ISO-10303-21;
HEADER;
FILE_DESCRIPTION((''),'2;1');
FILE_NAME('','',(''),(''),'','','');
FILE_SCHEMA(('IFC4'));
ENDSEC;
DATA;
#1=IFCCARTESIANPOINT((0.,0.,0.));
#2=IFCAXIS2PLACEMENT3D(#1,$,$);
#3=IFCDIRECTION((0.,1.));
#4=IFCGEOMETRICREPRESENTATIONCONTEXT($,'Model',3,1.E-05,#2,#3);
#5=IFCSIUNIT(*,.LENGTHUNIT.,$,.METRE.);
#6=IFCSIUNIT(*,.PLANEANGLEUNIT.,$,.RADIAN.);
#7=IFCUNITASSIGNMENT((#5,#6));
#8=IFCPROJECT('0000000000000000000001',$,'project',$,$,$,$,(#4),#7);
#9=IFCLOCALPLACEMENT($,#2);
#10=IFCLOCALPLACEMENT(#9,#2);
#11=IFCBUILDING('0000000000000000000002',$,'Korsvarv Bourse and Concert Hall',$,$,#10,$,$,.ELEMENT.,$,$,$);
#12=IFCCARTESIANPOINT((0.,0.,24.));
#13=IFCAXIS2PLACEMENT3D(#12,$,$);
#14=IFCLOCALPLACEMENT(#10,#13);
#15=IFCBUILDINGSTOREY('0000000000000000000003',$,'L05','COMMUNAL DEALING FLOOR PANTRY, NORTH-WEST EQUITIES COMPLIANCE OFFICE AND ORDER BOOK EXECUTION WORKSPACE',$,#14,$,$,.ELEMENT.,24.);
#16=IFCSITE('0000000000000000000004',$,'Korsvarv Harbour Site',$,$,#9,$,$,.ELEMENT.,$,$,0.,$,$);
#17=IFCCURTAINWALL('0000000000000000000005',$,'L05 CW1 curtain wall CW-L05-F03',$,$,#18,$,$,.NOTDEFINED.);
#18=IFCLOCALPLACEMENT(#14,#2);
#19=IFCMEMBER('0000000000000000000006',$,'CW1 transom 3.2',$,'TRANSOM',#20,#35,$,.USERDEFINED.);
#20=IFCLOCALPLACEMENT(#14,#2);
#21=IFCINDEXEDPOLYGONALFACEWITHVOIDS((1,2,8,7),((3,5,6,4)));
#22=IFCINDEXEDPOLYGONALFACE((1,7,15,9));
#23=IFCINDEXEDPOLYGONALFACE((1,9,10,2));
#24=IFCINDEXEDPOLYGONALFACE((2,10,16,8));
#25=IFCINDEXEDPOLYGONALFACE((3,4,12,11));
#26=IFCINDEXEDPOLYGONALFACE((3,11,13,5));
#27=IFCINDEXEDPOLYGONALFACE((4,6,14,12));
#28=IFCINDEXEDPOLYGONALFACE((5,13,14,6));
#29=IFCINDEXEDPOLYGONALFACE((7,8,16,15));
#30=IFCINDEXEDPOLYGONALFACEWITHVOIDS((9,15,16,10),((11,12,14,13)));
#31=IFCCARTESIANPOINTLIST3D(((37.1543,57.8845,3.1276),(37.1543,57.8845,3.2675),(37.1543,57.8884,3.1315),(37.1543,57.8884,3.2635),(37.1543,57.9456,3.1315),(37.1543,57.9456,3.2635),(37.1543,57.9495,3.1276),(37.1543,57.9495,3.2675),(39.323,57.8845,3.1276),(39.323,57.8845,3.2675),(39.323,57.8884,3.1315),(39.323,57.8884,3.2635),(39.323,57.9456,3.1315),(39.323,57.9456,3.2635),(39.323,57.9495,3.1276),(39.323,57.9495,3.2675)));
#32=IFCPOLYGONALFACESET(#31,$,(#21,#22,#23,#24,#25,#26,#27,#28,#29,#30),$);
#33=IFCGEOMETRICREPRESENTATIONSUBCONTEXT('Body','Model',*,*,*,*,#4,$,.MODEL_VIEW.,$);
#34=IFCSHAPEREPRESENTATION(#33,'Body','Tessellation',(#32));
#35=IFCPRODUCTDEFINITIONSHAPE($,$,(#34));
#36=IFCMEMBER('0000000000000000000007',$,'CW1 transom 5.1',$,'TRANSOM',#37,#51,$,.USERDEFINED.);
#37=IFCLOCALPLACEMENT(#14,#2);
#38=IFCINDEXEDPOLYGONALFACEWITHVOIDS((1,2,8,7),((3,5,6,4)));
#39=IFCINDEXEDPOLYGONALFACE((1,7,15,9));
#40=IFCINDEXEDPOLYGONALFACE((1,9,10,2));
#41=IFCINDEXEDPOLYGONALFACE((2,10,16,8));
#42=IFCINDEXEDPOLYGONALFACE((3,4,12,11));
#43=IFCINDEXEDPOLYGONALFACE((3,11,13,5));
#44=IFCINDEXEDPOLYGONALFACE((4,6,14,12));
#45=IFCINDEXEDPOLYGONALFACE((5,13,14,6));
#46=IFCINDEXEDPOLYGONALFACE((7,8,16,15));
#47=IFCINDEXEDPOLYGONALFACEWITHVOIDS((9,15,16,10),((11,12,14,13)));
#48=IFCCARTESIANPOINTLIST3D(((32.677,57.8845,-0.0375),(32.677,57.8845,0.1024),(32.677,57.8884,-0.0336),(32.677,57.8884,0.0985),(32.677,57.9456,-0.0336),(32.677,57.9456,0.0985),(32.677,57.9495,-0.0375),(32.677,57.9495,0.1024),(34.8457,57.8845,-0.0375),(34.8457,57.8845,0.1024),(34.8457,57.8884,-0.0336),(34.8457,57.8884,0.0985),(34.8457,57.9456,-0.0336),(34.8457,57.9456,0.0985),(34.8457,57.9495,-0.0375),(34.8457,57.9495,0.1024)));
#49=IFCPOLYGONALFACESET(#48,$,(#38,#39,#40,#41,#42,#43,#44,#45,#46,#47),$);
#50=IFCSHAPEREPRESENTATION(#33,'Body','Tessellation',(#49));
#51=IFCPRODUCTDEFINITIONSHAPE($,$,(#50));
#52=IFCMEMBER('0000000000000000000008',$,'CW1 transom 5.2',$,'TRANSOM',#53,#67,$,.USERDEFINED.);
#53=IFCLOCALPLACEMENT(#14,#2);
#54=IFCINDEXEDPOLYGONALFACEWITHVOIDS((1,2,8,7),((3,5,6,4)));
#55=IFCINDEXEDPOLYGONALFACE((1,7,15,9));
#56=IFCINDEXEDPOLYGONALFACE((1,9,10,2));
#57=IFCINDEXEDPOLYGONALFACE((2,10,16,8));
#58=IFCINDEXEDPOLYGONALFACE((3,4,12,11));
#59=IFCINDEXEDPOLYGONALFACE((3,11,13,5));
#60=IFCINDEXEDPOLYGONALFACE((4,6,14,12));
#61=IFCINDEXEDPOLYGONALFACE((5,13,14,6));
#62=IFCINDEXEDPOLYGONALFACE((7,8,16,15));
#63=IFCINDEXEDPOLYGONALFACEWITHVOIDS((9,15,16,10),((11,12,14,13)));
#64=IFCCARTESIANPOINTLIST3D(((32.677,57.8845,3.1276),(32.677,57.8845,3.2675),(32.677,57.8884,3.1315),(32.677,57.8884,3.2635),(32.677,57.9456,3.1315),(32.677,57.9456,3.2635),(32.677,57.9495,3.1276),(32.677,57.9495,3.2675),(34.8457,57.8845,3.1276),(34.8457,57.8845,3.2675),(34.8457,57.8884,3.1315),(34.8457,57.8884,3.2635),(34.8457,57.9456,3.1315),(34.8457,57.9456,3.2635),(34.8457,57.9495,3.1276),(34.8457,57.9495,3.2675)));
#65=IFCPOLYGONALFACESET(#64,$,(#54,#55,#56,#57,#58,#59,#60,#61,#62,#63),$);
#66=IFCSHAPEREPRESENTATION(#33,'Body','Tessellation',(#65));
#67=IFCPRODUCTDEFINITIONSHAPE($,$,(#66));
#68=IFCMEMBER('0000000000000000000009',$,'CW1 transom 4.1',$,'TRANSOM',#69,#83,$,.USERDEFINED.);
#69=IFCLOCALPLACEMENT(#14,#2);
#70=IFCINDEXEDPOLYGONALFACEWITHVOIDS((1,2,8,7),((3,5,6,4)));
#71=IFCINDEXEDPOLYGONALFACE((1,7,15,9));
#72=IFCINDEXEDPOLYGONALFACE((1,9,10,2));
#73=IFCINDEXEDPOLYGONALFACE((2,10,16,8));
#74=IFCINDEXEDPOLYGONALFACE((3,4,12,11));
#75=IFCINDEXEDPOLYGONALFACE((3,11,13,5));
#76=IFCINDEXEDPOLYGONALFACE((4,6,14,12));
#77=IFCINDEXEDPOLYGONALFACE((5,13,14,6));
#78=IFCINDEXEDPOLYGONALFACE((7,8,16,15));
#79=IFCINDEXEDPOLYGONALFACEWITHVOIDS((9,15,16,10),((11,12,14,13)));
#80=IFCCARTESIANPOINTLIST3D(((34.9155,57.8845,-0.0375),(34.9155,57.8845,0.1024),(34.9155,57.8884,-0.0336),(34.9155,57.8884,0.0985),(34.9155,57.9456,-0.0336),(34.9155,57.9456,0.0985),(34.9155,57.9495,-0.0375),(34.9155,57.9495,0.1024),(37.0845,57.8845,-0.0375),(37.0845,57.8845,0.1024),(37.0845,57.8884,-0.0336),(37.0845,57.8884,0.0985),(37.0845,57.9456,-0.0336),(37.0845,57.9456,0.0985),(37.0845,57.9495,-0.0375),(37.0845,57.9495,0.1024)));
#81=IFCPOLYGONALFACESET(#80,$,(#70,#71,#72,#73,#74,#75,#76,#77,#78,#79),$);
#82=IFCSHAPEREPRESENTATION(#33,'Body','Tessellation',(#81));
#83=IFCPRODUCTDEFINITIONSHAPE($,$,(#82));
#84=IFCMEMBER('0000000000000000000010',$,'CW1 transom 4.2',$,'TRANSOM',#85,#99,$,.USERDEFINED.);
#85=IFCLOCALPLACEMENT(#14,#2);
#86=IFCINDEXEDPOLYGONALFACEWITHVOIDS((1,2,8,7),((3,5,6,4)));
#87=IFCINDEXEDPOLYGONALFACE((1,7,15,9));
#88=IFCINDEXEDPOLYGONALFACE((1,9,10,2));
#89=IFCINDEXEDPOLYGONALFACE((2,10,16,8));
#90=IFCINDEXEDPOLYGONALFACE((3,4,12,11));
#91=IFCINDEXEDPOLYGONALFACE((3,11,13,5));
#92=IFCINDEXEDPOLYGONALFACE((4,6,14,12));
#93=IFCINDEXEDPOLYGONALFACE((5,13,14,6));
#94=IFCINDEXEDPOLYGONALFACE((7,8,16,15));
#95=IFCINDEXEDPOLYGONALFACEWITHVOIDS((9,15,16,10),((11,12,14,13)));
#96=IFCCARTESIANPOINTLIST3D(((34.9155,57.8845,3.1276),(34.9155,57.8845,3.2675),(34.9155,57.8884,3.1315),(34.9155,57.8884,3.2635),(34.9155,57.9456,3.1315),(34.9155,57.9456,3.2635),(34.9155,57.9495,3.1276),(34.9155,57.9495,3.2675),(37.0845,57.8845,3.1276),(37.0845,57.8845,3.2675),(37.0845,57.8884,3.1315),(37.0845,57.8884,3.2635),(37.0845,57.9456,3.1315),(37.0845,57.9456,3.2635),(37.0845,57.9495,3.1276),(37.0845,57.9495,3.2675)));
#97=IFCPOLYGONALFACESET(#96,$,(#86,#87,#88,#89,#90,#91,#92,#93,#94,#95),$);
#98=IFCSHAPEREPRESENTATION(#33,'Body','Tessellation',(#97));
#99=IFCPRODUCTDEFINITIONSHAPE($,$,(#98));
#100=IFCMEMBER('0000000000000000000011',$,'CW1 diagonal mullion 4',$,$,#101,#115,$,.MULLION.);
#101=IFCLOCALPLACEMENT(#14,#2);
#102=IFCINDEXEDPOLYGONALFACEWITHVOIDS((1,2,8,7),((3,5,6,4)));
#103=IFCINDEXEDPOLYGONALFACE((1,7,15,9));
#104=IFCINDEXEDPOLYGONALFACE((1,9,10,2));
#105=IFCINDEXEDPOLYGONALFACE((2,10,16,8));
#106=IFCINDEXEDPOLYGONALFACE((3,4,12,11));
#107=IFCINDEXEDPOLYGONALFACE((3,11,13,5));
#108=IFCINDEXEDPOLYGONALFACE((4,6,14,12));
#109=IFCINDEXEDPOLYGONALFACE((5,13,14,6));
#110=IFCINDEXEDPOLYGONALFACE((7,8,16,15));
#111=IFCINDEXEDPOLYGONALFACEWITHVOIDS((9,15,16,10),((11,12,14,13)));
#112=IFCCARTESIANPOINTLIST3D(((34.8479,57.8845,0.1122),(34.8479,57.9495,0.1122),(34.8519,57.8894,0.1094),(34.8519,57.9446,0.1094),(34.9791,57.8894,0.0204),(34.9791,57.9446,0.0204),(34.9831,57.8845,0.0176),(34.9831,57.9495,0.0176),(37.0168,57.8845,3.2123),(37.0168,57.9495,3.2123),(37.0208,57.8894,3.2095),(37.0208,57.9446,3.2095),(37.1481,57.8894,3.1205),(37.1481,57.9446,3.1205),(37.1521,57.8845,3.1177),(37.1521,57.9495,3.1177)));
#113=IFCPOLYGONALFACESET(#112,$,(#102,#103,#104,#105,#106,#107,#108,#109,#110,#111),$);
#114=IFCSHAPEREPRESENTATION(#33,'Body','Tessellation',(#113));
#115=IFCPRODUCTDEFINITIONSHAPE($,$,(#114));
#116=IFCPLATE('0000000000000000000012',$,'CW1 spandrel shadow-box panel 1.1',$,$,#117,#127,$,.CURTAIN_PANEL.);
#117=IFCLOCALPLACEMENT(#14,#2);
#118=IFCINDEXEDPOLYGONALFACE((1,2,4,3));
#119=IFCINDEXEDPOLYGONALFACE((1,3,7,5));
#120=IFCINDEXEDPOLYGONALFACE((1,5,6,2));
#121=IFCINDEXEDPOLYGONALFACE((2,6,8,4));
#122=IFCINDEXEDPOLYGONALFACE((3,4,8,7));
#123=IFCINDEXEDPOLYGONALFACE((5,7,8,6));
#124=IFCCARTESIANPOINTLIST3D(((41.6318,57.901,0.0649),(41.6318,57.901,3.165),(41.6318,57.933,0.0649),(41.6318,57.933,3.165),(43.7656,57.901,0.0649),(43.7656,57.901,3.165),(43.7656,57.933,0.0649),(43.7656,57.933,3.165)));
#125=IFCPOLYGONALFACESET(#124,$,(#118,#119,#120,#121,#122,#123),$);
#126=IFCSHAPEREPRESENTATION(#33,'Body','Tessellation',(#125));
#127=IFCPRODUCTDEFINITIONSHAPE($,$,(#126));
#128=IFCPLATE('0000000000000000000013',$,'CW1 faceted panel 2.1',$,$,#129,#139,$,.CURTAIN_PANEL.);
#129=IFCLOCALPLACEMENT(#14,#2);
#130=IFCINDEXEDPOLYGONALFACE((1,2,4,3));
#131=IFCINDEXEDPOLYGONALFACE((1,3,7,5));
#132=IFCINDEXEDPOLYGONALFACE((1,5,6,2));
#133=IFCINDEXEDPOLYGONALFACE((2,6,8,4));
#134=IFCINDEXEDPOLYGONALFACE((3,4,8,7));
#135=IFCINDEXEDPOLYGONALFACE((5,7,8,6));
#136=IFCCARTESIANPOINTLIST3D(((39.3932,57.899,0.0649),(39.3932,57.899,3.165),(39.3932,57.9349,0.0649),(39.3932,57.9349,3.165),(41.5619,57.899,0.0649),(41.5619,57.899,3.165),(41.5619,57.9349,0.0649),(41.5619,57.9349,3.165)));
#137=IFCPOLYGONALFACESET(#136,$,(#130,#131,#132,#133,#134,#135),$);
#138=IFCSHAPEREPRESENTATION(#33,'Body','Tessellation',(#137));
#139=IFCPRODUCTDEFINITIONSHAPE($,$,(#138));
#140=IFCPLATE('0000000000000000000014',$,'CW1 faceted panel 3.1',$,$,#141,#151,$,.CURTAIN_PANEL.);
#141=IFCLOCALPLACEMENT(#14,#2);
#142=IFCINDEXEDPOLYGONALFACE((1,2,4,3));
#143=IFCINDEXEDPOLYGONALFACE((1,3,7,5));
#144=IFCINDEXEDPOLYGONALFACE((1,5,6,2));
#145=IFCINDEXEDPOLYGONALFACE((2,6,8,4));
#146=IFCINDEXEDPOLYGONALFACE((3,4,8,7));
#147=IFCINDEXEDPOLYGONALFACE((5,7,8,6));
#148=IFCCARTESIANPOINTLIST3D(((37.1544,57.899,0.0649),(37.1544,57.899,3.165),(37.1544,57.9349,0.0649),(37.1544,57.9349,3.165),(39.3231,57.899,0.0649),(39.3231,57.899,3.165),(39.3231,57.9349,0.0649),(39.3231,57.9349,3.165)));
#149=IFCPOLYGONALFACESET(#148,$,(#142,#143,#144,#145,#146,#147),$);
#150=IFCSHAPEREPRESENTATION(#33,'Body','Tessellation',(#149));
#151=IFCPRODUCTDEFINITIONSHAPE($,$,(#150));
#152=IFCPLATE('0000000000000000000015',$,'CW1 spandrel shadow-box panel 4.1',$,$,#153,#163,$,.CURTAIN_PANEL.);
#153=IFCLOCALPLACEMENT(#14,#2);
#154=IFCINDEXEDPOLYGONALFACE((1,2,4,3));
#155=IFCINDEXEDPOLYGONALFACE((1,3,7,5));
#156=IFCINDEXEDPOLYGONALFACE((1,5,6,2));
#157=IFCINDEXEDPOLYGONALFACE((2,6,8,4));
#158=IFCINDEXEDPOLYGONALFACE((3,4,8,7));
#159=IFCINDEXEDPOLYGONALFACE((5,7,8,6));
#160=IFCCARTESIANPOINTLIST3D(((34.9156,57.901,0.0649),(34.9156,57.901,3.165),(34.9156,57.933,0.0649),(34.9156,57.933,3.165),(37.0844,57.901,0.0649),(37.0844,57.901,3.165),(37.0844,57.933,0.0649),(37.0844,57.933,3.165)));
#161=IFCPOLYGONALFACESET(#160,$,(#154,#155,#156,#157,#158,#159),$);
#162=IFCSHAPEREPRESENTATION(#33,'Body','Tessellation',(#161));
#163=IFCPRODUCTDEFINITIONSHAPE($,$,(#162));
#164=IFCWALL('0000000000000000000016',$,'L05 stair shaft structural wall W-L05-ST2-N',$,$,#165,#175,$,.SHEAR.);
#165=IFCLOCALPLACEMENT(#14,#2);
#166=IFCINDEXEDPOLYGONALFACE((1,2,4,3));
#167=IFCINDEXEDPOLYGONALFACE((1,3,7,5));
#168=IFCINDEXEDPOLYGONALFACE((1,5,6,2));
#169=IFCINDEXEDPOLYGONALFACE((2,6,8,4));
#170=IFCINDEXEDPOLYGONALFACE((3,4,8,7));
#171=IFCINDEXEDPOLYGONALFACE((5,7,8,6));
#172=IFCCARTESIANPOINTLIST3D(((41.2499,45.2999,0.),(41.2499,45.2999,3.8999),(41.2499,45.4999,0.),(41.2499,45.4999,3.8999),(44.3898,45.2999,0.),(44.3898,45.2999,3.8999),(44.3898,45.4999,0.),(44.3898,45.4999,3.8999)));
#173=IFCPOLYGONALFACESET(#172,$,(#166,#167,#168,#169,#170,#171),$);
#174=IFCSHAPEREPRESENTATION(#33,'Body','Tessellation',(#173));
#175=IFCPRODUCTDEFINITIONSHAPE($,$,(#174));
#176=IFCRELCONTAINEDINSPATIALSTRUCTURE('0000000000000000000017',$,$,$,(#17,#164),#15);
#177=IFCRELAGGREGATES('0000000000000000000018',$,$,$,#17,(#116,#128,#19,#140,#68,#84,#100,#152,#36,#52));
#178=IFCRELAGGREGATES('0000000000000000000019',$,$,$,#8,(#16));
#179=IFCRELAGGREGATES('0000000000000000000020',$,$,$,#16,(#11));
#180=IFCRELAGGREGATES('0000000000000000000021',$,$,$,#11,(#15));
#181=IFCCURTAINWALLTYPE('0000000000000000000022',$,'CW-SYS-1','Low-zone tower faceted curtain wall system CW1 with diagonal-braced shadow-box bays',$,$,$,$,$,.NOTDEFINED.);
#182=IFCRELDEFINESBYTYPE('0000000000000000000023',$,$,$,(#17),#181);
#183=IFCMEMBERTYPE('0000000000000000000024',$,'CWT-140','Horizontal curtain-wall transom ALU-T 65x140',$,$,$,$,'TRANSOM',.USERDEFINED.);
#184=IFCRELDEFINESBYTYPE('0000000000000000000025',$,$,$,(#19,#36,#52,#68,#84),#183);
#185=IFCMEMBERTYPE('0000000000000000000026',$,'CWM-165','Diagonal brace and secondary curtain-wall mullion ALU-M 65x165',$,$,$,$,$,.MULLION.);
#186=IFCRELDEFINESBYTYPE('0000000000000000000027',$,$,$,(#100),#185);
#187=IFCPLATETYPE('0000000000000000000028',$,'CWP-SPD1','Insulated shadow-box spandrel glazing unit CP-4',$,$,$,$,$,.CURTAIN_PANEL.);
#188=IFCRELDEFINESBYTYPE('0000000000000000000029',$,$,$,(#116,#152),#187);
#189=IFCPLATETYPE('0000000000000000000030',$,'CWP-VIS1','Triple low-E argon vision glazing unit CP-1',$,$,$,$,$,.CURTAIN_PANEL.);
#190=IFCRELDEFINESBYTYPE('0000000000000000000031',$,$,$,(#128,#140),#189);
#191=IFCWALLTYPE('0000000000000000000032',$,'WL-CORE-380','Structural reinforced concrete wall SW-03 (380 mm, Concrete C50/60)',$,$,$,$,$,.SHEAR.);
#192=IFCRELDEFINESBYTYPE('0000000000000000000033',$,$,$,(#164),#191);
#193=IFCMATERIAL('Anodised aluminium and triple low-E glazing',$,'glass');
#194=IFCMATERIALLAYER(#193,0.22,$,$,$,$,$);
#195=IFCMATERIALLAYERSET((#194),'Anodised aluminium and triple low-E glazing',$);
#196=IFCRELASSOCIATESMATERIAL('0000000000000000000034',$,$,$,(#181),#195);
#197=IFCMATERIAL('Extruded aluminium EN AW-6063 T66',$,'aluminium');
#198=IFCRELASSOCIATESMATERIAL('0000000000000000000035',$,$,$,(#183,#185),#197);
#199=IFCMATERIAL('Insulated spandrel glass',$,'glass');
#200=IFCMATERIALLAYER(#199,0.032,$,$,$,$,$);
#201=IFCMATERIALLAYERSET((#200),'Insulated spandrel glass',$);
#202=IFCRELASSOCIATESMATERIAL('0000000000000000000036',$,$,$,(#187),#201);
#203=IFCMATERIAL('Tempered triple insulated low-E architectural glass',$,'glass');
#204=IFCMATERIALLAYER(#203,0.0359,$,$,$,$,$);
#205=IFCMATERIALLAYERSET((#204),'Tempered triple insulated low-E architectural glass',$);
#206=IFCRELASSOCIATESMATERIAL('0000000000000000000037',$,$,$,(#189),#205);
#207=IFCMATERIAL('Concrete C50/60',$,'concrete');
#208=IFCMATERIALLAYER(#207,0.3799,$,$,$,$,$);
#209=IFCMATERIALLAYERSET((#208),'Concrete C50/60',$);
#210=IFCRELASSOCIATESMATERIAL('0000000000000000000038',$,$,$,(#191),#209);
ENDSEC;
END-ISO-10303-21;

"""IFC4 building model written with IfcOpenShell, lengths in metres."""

from ifc_helpers import new_model, si_unit, direction, frame, frame_2d, origin, origin_2d, place, context, subcontext, project, spatial, rectangle, hollow_rectangle, extrude, source, transform, mapped, material, layer, layer_set, material_profile, profile_set, type_object, element, aggregate, save


model = new_model("IFC4")

# Units and contexts
model_context = context("Model", 3, precision=1e-05, world=origin(), true_north=direction((0.0, 1.0)))
body_context = subcontext(model_context, "Body", "Model", "MODEL_VIEW")
ifc_project = project(units=[si_unit("LENGTHUNIT", "METRE"), si_unit("PLANEANGLEUNIT", "RADIAN")], contexts=[model_context])

# Site, building, storey
site_placement = place(None, origin())
site = spatial("IfcSite", under=ifc_project, at=site_placement, Name="Korsvarv Harbour Site", CompositionType="ELEMENT", RefElevation=0.0)
building_placement = place(site_placement, origin())
building = spatial("IfcBuilding", under=site, at=building_placement, Name="Korsvarv Bourse and Concert Hall", CompositionType="ELEMENT")
storey_placement = place(building_placement, frame((0.0, 0.0, 24.0)))
storey = spatial("IfcBuildingStorey", under=building, at=storey_placement, Name="L05", Description="COMMUNAL DEALING FLOOR PANTRY, NORTH-WEST EQUITIES COMPLIANCE OFFICE AND ORDER BOOK EXECUTION WORKSPACE", CompositionType="ELEMENT", Elevation=24.0)

# Curtain wall, members, plates
ifc_material_1 = material(Name="Anodised aluminium and triple low-E glazing", Category="glass")
ifc_layer_1 = layer(ifc_material_1, 0.22)
ifc_layer_set_1 = layer_set([ifc_layer_1], Name="Anodised aluminium and triple low-E glazing")
curtain_wall_type = type_object("IfcCurtainWallType", Name="CW-SYS-1", Description="Low-zone tower faceted curtain wall system CW1 with diagonal-braced shadow-box bays", PredefinedType="NOTDEFINED", material=ifc_layer_set_1)
curtain_wall_placement = place(storey_placement, origin())
curtain_wall = element("IfcCurtainWall", 1, at=curtain_wall_placement, inside=storey, type_object=curtain_wall_type, Name="L05 CW1 curtain wall CW-L05-F03", PredefinedType="NOTDEFINED")
ifc_material_2 = material(Name="Extruded aluminium EN AW-6063 T66", Category="aluminium")
ifc_material_profile_1 = material_profile(ifc_material_2, hollow_rectangle(XDim=0.0649, YDim=0.1399, WallThickness=0.0039, at=origin_2d()), Name="ALU-T 65x140")
ifc_profile_set_1 = profile_set([ifc_material_profile_1], Name="Extruded aluminium EN AW-6063 T66")
member_type_1 = type_object("IfcMemberType", Name="CWT-140", Description="Horizontal curtain-wall transom ALU-T 65x140", ElementType="TRANSOM", PredefinedType="USERDEFINED", material=ifc_profile_set_1)
ifc_material_profile_2 = material_profile(ifc_material_2, hollow_rectangle(XDim=0.0649, YDim=0.165, WallThickness=0.0049, at=origin_2d()), Name="ALU-M 65x165")
ifc_profile_set_2 = profile_set([ifc_material_profile_2], Name="Extruded aluminium EN AW-6063 T66")
member_type_2 = type_object("IfcMemberType", Name="CWM-165", Description="Diagonal brace and secondary curtain-wall mullion ALU-M 65x165", PredefinedType="MULLION", material=ifc_profile_set_2)
shared_shape_1 = source(origin(), body_context, "Body", "SweptSolid", [
    extrude(hollow_rectangle(XDim=0.0649, YDim=0.1399, WallThickness=0.0039, at=origin_2d()), origin(), (0.0, 0.0, 1.0), 2.1687),
])
member_1_placement = place(storey_placement, frame((39.323, 57.917, 3.1975), z_axis=(-1.0, 0.0, 0.0), x_axis=(0.0, -1.0, 0.0)))
member_1 = element("IfcMember", 2, at=member_1_placement, type_object=member_type_1, Name="CW1 transom 3.2", ObjectType="TRANSOM", PredefinedType="USERDEFINED", context=body_context, shape_type="MappedRepresentation", body=[
    mapped(shared_shape_1, transform((0.0, 0.0, 0.0), scale=1.0)),
])
member_2_placement = place(storey_placement, frame((34.8457, 57.917, 0.0325), z_axis=(-1.0, 0.0, 0.0), x_axis=(0.0, -1.0, 0.0)))
member_2 = element("IfcMember", 3, at=member_2_placement, type_object=member_type_1, Name="CW1 transom 5.1", ObjectType="TRANSOM", PredefinedType="USERDEFINED", context=body_context, shape_type="MappedRepresentation", body=[
    mapped(shared_shape_1, transform((0.0, 0.0, 0.0), scale=1.0)),
])
member_3_placement = place(storey_placement, frame((34.8457, 57.917, 3.1975), z_axis=(-1.0, 0.0, 0.0), x_axis=(0.0, -1.0, 0.0)))
member_3 = element("IfcMember", 4, at=member_3_placement, type_object=member_type_1, Name="CW1 transom 5.2", ObjectType="TRANSOM", PredefinedType="USERDEFINED", context=body_context, shape_type="MappedRepresentation", body=[
    mapped(shared_shape_1, transform((0.0, 0.0, 0.0), scale=1.0)),
])
shared_shape_2 = source(origin(), body_context, "Body", "SweptSolid", [
    extrude(hollow_rectangle(XDim=0.0649, YDim=0.1399, WallThickness=0.0039, at=origin_2d()), origin(), (0.0, 0.0, 1.0), 2.1689),
])
member_4_placement = place(storey_placement, frame((37.0845, 57.917, 0.0325), z_axis=(-1.0, 0.0, 0.0), x_axis=(0.0, -1.0, 0.0)))
member_4 = element("IfcMember", 5, at=member_4_placement, type_object=member_type_1, Name="CW1 transom 4.1", ObjectType="TRANSOM", PredefinedType="USERDEFINED", context=body_context, shape_type="MappedRepresentation", body=[
    mapped(shared_shape_2, transform((0.0, 0.0, 0.0), scale=1.0)),
])
member_5_placement = place(storey_placement, frame((37.0845, 57.917, 3.1975), z_axis=(-1.0, 0.0, 0.0), x_axis=(0.0, -1.0, 0.0)))
member_5 = element("IfcMember", 6, at=member_5_placement, type_object=member_type_1, Name="CW1 transom 4.2", ObjectType="TRANSOM", PredefinedType="USERDEFINED", context=body_context, shape_type="MappedRepresentation", body=[
    mapped(shared_shape_2, transform((0.0, 0.0, 0.0), scale=1.0)),
])
shared_shape_3 = source(origin(), body_context, "Body", "SweptSolid", [
    extrude(hollow_rectangle(XDim=0.0649, YDim=0.165, WallThickness=0.0049, at=origin_2d()), origin(), (0.0, 0.0, 1.0), 3.7834),
])
member_6_placement = place(storey_placement, frame((34.9155, 57.917, 0.0649), z_axis=(0.573263, 0.0, 0.819371), x_axis=(0.0, 1.0, 0.0)))
member_6 = element("IfcMember", 7, at=member_6_placement, type_object=member_type_2, Name="CW1 diagonal mullion 4", PredefinedType="MULLION", context=body_context, shape_type="MappedRepresentation", body=[
    mapped(shared_shape_3, transform((0.0, 0.0, 0.0), scale=1.0)),
])
ifc_material_3 = material(Name="Insulated spandrel glass", Category="glass")
ifc_layer_2 = layer(ifc_material_3, 0.032)
ifc_layer_set_2 = layer_set([ifc_layer_2], Name="Insulated spandrel glass")
plate_type_1 = type_object("IfcPlateType", Name="CWP-SPD1", Description="Insulated shadow-box spandrel glazing unit CP-4", PredefinedType="CURTAIN_PANEL", material=ifc_layer_set_2)
shared_shape_4 = source(origin(), body_context, "Body", "SweptSolid", [
    extrude(rectangle(XDim=2.1338, YDim=0.032, at=origin_2d()), origin(), (0.0, 0.0, 1.0), 3.1001),
])
plate_1_placement = place(storey_placement, frame((42.6987, 57.917, 0.0649), z_axis=(0.0, 0.0, 1.0), x_axis=(-1.0, 0.0, 0.0)))
plate_1 = element("IfcPlate", 8, at=plate_1_placement, type_object=plate_type_1, Name="CW1 spandrel shadow-box panel 1.1", PredefinedType="CURTAIN_PANEL", context=body_context, shape_type="MappedRepresentation", body=[
    mapped(shared_shape_4, transform((0.0, 0.0, 0.0), scale=1.0)),
])
ifc_material_4 = material(Name="Tempered triple insulated low-E architectural glass", Category="glass")
ifc_layer_3 = layer(ifc_material_4, 0.0359)
ifc_layer_set_3 = layer_set([ifc_layer_3], Name="Tempered triple insulated low-E architectural glass")
plate_type_2 = type_object("IfcPlateType", Name="CWP-VIS1", Description="Triple low-E argon vision glazing unit CP-1", PredefinedType="CURTAIN_PANEL", material=ifc_layer_set_3)
shared_shape_5 = source(origin(), body_context, "Body", "SweptSolid", [
    extrude(rectangle(XDim=2.1687, YDim=0.0359, at=origin_2d()), origin(), (0.0, 0.0, 1.0), 3.1001),
])
plate_2_placement = place(storey_placement, frame((40.4775, 57.917, 0.0649), z_axis=(0.0, 0.0, 1.0), x_axis=(-1.0, 0.0, 0.0)))
plate_2 = element("IfcPlate", 9, at=plate_2_placement, type_object=plate_type_2, Name="CW1 faceted panel 2.1", PredefinedType="CURTAIN_PANEL", context=body_context, shape_type="MappedRepresentation", body=[
    mapped(shared_shape_5, transform((0.0, 0.0, 0.0), scale=1.0)),
])
plate_3_placement = place(storey_placement, frame((38.2388, 57.917, 0.0649), z_axis=(0.0, 0.0, 1.0), x_axis=(-1.0, 0.0, 0.0)))
plate_3 = element("IfcPlate", 10, at=plate_3_placement, type_object=plate_type_2, Name="CW1 faceted panel 3.1", PredefinedType="CURTAIN_PANEL", context=body_context, shape_type="MappedRepresentation", body=[
    mapped(shared_shape_5, transform((0.0, 0.0, 0.0), scale=1.0)),
])
shared_shape_6 = source(origin(), body_context, "Body", "SweptSolid", [
    extrude(rectangle(XDim=2.1687, YDim=0.032, at=origin_2d()), origin(), (0.0, 0.0, 1.0), 3.1001),
])
plate_4_placement = place(storey_placement, frame((36.0, 57.917, 0.0649), z_axis=(0.0, 0.0, 1.0), x_axis=(-1.0, 0.0, 0.0)))
plate_4 = element("IfcPlate", 11, at=plate_4_placement, type_object=plate_type_1, Name="CW1 spandrel shadow-box panel 4.1", PredefinedType="CURTAIN_PANEL", context=body_context, shape_type="MappedRepresentation", body=[
    mapped(shared_shape_6, transform((0.0, 0.0, 0.0), scale=1.0)),
])
aggregate(curtain_wall, [plate_1, plate_2, member_1, plate_3, member_4, member_5, member_6, plate_4, member_2, member_3])

# Wall
ifc_material_5 = material(Name="Concrete C50/60", Category="concrete")
ifc_layer_4 = layer(ifc_material_5, 0.3799)
ifc_layer_set_4 = layer_set([ifc_layer_4], Name="Concrete C50/60")
wall_type_1 = type_object("IfcWallType", Name="WL-CORE-380", Description="Structural reinforced concrete wall SW-03 (380 mm, Concrete C50/60)", PredefinedType="SHEAR", material=ifc_layer_set_4)
for number, where, z_axis, x_axis, name in (
    (12, (41.25, 45.3999, 0.0), (0.0, 0.0, 1.0), (1.0, 0.0, 0.0), "L05 stair shaft structural wall W-L05-ST2-N"),
):
    element("IfcWall", number, at=place(storey_placement, frame(where, z_axis=z_axis, x_axis=x_axis)), inside=storey, type_object=wall_type_1, Name=name, PredefinedType="SHEAR", context=body_context, shape_type="SweptSolid", body=[
        extrude(rectangle(XDim=3.1399, YDim=0.2, at=frame_2d((1.5698, 0.0))), origin(), (0.0, 0.0, 1.0), 3.8999),
    ])

save(model, "model.ifc")
